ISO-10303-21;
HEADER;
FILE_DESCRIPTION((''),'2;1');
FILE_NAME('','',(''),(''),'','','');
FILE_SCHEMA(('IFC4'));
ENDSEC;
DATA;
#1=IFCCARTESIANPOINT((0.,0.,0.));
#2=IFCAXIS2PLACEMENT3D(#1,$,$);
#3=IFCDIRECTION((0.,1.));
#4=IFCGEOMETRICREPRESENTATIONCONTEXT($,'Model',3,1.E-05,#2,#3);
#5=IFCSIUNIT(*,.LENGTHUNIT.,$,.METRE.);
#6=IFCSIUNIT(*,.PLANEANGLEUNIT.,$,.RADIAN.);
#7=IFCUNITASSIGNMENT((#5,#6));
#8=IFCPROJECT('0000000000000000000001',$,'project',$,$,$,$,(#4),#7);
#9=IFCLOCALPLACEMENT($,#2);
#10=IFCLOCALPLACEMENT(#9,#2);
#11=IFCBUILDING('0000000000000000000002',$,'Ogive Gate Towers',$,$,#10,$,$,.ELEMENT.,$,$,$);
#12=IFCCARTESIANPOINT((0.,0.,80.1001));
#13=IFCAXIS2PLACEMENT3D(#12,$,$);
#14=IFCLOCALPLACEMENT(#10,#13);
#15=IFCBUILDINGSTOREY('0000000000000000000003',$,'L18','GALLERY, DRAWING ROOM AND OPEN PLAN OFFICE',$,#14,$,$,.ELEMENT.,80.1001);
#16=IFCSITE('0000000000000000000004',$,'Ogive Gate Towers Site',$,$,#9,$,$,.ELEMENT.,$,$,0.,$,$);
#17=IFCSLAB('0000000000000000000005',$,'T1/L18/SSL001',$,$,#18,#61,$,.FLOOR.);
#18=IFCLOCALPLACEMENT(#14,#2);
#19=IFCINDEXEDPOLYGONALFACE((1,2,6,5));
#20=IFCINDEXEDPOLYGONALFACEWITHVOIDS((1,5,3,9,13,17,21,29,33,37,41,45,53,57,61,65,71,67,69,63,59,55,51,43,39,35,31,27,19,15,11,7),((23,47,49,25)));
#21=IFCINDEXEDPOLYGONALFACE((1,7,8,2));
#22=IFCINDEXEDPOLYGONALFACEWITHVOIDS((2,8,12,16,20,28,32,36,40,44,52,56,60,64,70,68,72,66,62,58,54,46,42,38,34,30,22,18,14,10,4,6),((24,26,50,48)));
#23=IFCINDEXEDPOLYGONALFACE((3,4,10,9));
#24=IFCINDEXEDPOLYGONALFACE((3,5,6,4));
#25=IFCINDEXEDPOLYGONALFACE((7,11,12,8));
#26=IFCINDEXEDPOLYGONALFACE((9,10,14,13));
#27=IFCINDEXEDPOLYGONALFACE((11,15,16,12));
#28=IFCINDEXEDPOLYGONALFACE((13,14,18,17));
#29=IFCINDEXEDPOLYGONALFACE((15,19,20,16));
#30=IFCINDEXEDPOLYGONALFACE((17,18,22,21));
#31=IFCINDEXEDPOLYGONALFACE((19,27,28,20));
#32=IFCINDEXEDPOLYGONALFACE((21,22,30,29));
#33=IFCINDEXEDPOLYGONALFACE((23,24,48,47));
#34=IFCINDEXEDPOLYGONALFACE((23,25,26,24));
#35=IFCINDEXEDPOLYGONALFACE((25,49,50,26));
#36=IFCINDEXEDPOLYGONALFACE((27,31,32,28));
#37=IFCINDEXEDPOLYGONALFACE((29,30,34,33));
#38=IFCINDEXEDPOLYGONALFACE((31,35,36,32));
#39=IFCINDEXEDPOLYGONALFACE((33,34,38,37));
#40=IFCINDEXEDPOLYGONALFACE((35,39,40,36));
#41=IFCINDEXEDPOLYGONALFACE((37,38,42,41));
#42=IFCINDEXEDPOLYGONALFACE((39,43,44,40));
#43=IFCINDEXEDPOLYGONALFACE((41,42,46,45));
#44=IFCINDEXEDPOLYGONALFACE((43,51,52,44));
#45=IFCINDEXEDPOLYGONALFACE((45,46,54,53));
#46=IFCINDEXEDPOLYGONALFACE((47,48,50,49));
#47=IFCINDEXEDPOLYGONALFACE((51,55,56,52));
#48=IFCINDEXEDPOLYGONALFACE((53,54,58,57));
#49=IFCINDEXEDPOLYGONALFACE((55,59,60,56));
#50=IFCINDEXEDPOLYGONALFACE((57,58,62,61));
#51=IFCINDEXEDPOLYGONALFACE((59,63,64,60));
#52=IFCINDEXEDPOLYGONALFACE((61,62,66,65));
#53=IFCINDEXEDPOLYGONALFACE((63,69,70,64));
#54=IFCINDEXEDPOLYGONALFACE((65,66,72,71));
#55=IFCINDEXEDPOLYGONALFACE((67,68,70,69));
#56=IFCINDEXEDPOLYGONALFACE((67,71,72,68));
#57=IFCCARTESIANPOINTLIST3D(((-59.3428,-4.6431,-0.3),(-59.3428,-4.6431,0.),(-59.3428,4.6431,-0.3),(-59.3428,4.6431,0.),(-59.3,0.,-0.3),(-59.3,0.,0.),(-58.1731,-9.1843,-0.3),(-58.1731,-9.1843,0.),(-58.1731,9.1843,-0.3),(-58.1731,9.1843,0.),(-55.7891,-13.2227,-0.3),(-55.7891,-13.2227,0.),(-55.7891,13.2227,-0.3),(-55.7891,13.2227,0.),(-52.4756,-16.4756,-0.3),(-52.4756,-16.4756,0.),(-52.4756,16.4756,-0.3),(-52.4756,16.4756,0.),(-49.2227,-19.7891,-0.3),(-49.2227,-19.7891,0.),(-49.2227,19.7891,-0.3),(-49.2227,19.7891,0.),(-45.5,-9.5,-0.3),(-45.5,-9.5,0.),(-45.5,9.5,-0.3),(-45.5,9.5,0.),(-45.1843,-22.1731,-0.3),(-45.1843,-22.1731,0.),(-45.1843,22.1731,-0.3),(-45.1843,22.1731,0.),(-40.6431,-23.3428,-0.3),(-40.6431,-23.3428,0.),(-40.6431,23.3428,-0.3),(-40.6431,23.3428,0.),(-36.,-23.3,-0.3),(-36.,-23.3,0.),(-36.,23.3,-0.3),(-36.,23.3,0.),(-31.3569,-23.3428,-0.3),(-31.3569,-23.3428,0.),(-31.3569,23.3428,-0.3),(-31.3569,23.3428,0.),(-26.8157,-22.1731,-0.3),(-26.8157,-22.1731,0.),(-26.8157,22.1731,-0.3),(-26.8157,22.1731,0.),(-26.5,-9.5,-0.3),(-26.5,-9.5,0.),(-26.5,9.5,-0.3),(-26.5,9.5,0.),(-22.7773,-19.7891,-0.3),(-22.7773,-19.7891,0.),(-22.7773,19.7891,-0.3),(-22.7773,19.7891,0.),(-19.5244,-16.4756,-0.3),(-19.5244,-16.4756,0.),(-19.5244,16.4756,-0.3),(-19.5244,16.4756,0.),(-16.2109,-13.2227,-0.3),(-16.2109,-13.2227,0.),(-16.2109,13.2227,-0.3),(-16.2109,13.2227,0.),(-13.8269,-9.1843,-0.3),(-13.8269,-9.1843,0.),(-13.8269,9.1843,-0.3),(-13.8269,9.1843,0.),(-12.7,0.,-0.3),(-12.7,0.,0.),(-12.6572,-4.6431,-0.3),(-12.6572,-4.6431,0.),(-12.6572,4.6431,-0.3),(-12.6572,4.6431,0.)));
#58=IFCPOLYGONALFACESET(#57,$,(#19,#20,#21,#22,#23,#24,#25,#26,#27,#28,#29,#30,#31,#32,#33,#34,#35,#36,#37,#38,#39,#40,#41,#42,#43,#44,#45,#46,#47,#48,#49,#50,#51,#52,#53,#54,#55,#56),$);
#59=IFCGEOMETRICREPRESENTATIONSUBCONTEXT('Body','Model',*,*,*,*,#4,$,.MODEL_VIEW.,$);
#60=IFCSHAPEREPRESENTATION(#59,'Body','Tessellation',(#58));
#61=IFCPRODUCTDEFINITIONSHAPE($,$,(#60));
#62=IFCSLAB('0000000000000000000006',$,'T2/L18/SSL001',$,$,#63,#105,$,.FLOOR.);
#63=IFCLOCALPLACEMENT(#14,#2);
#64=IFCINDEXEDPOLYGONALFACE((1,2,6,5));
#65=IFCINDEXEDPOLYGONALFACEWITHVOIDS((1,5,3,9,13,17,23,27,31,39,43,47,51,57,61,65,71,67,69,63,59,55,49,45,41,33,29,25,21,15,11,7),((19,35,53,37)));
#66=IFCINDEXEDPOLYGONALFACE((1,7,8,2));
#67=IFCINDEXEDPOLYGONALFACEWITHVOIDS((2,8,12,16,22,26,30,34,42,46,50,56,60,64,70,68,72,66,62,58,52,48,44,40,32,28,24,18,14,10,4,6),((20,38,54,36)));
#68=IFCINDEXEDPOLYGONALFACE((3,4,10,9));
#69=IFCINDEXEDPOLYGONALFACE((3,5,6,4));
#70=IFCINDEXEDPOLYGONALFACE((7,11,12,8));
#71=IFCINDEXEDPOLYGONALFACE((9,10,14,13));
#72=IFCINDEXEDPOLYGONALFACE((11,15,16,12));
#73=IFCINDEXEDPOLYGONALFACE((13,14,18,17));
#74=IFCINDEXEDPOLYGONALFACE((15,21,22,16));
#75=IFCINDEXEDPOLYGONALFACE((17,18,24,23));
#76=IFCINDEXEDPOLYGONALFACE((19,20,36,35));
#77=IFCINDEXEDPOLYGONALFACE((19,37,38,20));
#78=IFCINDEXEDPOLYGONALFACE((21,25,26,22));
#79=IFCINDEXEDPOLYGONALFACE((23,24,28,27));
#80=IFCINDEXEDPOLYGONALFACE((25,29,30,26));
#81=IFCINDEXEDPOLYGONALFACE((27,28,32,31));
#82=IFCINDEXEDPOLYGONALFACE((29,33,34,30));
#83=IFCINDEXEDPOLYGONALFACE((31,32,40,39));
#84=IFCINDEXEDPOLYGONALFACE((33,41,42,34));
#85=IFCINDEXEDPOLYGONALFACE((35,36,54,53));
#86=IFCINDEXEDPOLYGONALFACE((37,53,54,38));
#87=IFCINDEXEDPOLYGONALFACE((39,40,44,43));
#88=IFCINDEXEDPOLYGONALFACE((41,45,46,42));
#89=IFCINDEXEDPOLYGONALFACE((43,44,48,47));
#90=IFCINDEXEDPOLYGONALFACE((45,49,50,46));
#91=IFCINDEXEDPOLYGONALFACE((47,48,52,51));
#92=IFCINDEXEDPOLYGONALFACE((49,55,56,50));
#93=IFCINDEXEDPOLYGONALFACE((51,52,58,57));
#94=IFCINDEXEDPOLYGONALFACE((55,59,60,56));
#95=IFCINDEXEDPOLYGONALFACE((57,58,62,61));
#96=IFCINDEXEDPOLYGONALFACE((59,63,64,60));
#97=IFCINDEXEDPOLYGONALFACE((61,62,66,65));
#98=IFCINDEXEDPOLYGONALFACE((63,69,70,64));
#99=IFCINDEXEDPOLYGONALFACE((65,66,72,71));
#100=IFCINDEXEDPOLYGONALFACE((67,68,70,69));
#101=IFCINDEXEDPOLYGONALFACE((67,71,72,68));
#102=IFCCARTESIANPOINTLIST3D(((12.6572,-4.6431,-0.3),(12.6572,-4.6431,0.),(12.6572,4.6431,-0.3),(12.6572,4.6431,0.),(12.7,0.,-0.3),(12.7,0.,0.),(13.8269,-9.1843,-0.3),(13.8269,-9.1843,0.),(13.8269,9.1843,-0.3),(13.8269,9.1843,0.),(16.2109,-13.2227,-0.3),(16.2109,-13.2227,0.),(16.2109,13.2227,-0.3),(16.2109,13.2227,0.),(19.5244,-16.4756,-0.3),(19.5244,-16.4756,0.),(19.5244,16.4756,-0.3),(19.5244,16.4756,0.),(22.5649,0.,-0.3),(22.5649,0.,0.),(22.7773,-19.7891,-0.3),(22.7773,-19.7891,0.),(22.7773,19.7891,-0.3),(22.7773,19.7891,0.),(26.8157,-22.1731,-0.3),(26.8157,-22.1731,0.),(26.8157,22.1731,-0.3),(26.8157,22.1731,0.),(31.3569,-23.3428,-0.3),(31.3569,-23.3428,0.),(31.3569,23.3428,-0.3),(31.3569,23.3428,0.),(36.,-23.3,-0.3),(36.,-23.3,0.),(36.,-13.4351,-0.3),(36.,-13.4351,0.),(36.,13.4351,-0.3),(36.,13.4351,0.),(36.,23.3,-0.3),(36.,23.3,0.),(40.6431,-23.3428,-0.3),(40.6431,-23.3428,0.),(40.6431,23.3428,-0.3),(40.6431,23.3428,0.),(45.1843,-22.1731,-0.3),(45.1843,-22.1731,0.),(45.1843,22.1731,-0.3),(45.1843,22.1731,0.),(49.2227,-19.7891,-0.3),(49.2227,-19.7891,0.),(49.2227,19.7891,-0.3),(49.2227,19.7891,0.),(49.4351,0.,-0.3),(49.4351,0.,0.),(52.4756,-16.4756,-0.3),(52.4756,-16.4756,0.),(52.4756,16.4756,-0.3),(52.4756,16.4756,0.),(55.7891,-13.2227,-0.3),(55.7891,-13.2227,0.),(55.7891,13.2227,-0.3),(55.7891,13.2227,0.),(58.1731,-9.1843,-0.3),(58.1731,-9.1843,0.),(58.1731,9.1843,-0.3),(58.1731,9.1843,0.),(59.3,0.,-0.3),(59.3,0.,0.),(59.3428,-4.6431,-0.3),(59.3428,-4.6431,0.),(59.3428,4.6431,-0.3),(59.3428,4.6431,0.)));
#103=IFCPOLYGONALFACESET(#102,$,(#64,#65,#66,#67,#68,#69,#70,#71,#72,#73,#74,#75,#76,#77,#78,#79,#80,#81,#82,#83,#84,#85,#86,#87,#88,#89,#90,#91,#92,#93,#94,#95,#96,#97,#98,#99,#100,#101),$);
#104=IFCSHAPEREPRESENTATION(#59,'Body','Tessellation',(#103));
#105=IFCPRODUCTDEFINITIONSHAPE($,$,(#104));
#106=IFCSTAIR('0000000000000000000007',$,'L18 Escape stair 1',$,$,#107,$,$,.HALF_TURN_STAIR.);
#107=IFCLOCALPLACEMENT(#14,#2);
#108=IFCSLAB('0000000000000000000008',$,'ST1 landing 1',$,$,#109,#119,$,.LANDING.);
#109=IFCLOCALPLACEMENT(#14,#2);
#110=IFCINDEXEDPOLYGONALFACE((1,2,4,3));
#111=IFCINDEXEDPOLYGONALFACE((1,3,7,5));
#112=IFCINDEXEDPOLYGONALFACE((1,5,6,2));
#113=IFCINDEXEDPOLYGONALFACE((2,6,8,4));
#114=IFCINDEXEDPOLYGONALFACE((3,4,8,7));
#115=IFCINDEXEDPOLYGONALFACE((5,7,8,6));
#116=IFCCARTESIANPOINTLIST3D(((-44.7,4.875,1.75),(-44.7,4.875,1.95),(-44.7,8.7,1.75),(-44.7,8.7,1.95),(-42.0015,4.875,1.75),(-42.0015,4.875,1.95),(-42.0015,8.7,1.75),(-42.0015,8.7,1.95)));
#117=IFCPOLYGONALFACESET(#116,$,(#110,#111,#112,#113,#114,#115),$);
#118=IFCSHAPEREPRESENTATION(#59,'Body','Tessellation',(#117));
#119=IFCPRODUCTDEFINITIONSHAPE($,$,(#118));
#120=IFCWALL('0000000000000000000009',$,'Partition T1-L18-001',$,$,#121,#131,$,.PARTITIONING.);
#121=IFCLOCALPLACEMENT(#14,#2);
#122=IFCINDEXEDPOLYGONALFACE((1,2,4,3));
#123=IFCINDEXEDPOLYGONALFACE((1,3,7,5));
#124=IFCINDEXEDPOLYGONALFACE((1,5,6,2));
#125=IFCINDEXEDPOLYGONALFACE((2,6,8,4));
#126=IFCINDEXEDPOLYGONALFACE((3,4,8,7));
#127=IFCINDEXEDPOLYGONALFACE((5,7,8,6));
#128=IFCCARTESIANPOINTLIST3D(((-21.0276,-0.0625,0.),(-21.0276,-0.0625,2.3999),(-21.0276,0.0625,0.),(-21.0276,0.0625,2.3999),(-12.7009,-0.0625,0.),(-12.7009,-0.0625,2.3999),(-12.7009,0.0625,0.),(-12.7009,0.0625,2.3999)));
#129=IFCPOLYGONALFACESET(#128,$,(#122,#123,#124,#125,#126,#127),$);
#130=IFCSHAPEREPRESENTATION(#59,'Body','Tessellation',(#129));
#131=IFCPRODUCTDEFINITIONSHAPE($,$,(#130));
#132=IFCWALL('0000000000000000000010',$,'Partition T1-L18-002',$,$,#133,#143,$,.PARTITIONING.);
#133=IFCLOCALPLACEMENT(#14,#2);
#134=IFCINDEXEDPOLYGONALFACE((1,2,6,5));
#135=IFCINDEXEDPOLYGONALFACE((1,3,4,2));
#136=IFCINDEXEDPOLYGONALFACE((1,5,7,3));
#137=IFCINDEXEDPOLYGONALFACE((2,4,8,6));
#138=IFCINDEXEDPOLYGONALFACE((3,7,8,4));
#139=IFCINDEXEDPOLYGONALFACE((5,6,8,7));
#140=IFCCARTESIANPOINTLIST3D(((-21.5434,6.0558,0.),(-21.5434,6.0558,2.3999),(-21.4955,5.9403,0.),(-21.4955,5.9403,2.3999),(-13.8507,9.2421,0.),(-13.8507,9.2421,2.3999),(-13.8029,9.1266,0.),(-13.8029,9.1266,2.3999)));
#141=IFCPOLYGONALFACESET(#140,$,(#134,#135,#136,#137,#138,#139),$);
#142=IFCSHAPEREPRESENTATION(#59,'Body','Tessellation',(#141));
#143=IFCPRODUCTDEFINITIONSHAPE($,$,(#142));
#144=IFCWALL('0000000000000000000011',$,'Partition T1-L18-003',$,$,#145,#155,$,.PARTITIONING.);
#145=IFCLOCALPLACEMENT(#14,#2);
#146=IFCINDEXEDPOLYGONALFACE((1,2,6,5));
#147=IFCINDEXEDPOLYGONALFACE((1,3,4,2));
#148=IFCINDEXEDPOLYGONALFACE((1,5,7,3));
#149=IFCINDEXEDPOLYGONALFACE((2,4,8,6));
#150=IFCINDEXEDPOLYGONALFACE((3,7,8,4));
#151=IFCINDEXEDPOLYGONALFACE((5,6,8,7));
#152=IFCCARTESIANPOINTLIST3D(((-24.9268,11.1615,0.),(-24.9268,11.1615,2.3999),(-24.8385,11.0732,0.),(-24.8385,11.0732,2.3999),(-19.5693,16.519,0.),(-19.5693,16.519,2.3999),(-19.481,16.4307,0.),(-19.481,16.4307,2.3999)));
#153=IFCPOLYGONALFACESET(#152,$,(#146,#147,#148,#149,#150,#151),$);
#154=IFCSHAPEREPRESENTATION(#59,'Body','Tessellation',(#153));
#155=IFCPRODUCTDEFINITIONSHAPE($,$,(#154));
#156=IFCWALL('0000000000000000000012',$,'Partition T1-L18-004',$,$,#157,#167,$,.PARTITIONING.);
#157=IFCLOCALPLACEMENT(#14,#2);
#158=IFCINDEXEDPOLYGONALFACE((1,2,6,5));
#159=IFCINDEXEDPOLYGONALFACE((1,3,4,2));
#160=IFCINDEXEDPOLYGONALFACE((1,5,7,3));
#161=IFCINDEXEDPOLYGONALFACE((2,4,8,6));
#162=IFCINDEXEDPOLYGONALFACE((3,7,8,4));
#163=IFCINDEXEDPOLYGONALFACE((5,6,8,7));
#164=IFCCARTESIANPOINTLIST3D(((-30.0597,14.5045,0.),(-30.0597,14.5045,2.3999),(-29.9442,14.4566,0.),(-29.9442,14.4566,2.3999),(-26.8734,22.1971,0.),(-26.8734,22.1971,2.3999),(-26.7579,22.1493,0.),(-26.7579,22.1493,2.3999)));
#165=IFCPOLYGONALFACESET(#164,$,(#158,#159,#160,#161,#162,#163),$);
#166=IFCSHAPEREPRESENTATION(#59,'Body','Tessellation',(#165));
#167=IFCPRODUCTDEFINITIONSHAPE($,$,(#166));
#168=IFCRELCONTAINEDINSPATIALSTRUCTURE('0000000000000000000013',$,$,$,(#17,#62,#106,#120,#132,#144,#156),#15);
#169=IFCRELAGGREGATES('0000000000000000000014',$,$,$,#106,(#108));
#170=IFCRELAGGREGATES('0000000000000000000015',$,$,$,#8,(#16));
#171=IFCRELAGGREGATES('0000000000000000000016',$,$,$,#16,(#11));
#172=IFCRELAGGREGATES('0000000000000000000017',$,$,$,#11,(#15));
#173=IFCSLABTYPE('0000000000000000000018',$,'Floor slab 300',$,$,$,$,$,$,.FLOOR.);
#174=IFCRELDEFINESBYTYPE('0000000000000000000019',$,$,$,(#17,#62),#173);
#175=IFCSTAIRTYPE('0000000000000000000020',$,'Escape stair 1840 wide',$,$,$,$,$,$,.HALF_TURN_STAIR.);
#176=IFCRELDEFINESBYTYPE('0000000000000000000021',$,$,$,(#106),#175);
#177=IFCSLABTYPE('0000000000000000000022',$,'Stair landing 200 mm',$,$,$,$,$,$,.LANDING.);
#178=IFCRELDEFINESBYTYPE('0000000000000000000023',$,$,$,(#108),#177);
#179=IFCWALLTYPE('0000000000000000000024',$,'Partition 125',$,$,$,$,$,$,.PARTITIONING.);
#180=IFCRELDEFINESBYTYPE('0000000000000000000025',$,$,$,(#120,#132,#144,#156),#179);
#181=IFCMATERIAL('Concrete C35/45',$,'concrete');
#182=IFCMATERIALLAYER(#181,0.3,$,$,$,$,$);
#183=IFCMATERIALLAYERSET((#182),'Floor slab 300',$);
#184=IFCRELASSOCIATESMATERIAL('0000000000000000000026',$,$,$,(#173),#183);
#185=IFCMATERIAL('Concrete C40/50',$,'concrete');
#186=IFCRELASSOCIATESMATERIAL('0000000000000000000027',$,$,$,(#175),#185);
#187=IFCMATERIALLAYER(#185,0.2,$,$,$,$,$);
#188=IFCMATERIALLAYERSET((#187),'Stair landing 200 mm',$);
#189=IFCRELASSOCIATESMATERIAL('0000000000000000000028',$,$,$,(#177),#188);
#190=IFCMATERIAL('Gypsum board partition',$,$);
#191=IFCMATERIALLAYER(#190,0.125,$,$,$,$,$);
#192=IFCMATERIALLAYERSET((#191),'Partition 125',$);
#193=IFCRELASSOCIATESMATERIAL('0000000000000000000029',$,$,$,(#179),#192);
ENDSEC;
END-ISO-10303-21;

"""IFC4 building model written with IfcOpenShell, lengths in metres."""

from ifc_helpers import new_model, si_unit, direction, frame, frame_2d, origin, place, context, subcontext, project, spatial, polyline, rectangle, outline, extrude, material, layer, layer_set, type_object, element, aggregate, save


model = new_model("IFC4")

# Units and contexts
model_context = context("Model", 3, precision=1e-05, world=origin(), true_north=direction((0.0, 1.0)))
body_context = subcontext(model_context, "Body", "Model", "MODEL_VIEW")
ifc_project = project(units=[si_unit("LENGTHUNIT", "METRE"), si_unit("PLANEANGLEUNIT", "RADIAN")], contexts=[model_context])

# Site, building, storey
site_placement = place(None, origin())
site = spatial("IfcSite", under=ifc_project, at=site_placement, Name="Ogive Gate Towers Site", CompositionType="ELEMENT", RefElevation=0.0)
building_placement = place(site_placement, origin())
building = spatial("IfcBuilding", under=site, at=building_placement, Name="Ogive Gate Towers", CompositionType="ELEMENT")
storey_placement = place(building_placement, frame((0.0, 0.0, 80.1001)))
storey = spatial("IfcBuildingStorey", under=building, at=storey_placement, Name="L18", Description="GALLERY, DRAWING ROOM AND OPEN PLAN OFFICE", CompositionType="ELEMENT", Elevation=80.1001)

# Slabs
ifc_material_1 = material(Name="Concrete C40/50", Category="concrete")
ifc_material_2 = material(Name="Concrete C35/45", Category="concrete")
ifc_layer_1 = layer(ifc_material_2, 0.3)
ifc_layer_set_1 = layer_set([ifc_layer_1], Name="Floor slab 300")
slab_type_1 = type_object("IfcSlabType", Name="Floor slab 300", PredefinedType="FLOOR", material=ifc_layer_set_1)
slab_1_placement = place(storey_placement, frame((0.0, 0.0, -0.3)))
element("IfcSlab", 1, at=slab_1_placement, inside=storey, type_object=slab_type_1, Name="T1/L18/SSL001", PredefinedType="FLOOR", context=body_context, shape_type="SweptSolid", body=[
    extrude(outline(polyline([(-12.6572, -4.6431), (-12.7, 0.0), (-12.6572, 4.6431), (-13.8269, 9.1843), (-16.2109, 13.2227), (-19.5244, 16.4756), (-22.7773, 19.7891), (-26.8157, 22.1731), (-31.3569, 23.3428), (-36.0, 23.3), (-40.6431, 23.3428), (-45.1843, 22.1731), (-49.2227, 19.7891), (-52.4756, 16.4756), (-55.7891, 13.2227), (-58.1731, 9.1843), (-59.3428, 4.6431), (-59.3, 0.0), (-59.3428, -4.6431), (-58.1731, -9.1843), (-55.7891, -13.2227), (-52.4756, -16.4756), (-49.2227, -19.7891), (-45.1843, -22.1731), (-40.6431, -23.3428), (-36.0, -23.3), (-31.3569, -23.3428), (-26.8157, -22.1731), (-22.7773, -19.7891), (-19.5244, -16.4756), (-16.2109, -13.2227), (-13.8269, -9.1843), (-12.6572, -4.6431)]), holes=[polyline([(-26.5, -9.5), (-45.5, -9.5), (-45.5, 9.5), (-26.5, 9.5), (-26.5, -9.5)])]), origin(), (0.0, 0.0, 1.0), 0.3),
])
slab_2_placement = place(storey_placement, frame((0.0, 0.0, -0.3)))
element("IfcSlab", 2, at=slab_2_placement, inside=storey, type_object=slab_type_1, Name="T2/L18/SSL001", PredefinedType="FLOOR", context=body_context, shape_type="SweptSolid", body=[
    extrude(outline(polyline([(59.3428, -4.6431), (59.3, 0.0), (59.3428, 4.6431), (58.1731, 9.1843), (55.7891, 13.2227), (52.4756, 16.4756), (49.2227, 19.7891), (45.1843, 22.1731), (40.6431, 23.3428), (36.0, 23.3), (31.3569, 23.3428), (26.8157, 22.1731), (22.7773, 19.7891), (19.5244, 16.4756), (16.2109, 13.2227), (13.8269, 9.1843), (12.6572, 4.6431), (12.7, 0.0), (12.6572, -4.6431), (13.8269, -9.1843), (16.2109, -13.2227), (19.5244, -16.4756), (22.7773, -19.7891), (26.8157, -22.1731), (31.3569, -23.3428), (36.0, -23.3), (40.6431, -23.3428), (45.1843, -22.1731), (49.2227, -19.7891), (52.4756, -16.4756), (55.7891, -13.2227), (58.1731, -9.1843), (59.3428, -4.6431)]), holes=[polyline([(49.4351, 0.0), (36.0, -13.4351), (22.5649, 0.0), (36.0, 13.4351), (49.4351, 0.0)])]), origin(), (0.0, 0.0, 1.0), 0.3),
])

# Stair, slab
stair_type = type_object("IfcStairType", Name="Escape stair 1840 wide", PredefinedType="HALF_TURN_STAIR", material=ifc_material_1)
stair_placement = place(storey_placement, origin())
stair = element("IfcStair", 3, at=stair_placement, inside=storey, type_object=stair_type, Name="L18 Escape stair 1", PredefinedType="HALF_TURN_STAIR")
ifc_layer_2 = layer(ifc_material_1, 0.2)
ifc_layer_set_2 = layer_set([ifc_layer_2], Name="Stair landing 200 mm")
slab_type_2 = type_object("IfcSlabType", Name="Stair landing 200 mm", PredefinedType="LANDING", material=ifc_layer_set_2)
slab_3_placement = place(storey_placement, frame((0.0, 0.0, 1.75)))
slab_3 = element("IfcSlab", 4, at=slab_3_placement, type_object=slab_type_2, Name="ST1 landing 1", PredefinedType="LANDING", context=body_context, shape_type="SweptSolid", body=[
    extrude(outline(polyline([(-42.0015, 8.7), (-44.7, 8.7), (-44.7, 4.875), (-42.0015, 4.875), (-42.0015, 8.7)])), origin(), (0.0, 0.0, 1.0), 0.2),
])
aggregate(stair, [slab_3])

# Walls
ifc_material_3 = material(Name="Gypsum board partition")
ifc_layer_3 = layer(ifc_material_3, 0.125)
ifc_layer_set_3 = layer_set([ifc_layer_3], Name="Partition 125")
wall_type_1 = type_object("IfcWallType", Name="Partition 125", PredefinedType="PARTITIONING", material=ifc_layer_set_3)
wall_1_placement = place(storey_placement, frame((-12.7009, 0.0, 0.0), z_axis=(0.0, 0.0, 1.0), x_axis=(-1.0, 0.0, 0.0)))
element("IfcWall", 5, at=wall_1_placement, inside=storey, type_object=wall_type_1, Name="Partition T1-L18-001", PredefinedType="PARTITIONING", context=body_context, shape_type="SweptSolid", body=[
    extrude(rectangle(XDim=8.3267, YDim=0.125, at=frame_2d((4.1633, 0.0))), origin(), (0.0, 0.0, 1.0), 2.3999),
])
wall_2_placement = place(storey_placement, frame((-13.8269, 9.1843, 0.0), z_axis=(0.0, 0.0, 1.0), x_axis=(-0.923884, -0.382672, 0.0)))
element("IfcWall", 6, at=wall_2_placement, inside=storey, type_object=wall_type_1, Name="Partition T1-L18-002", PredefinedType="PARTITIONING", context=body_context, shape_type="SweptSolid", body=[
    extrude(rectangle(XDim=8.3264, YDim=0.125, at=frame_2d((4.1631, 0.0))), origin(), (0.0, 0.0, 1.0), 2.3999),
])
wall_3_placement = place(storey_placement, frame((-19.5251, 16.4749, 0.0), z_axis=(0.0, 0.0, 1.0), x_axis=(-0.707107, -0.707107, 0.0)))
element("IfcWall", 7, at=wall_3_placement, inside=storey, type_object=wall_type_1, Name="Partition T1-L18-003", PredefinedType="PARTITIONING", context=body_context, shape_type="SweptSolid", body=[
    extrude(rectangle(XDim=7.5767, YDim=0.125, at=frame_2d((3.7883, 0.0))), origin(), (0.0, 0.0, 1.0), 2.3999),
])
wall_4_placement = place(storey_placement, frame((-26.8157, 22.1731, 0.0), z_axis=(0.0, 0.0, 1.0), x_axis=(-0.382672, -0.923884, 0.0)))
element("IfcWall", 8, at=wall_4_placement, inside=storey, type_object=wall_type_1, Name="Partition T1-L18-004", PredefinedType="PARTITIONING", context=body_context, shape_type="SweptSolid", body=[
    extrude(rectangle(XDim=8.3264, YDim=0.125, at=frame_2d((4.1631, 0.0))), origin(), (0.0, 0.0, 1.0), 2.3999),
])

save(model, "model.ifc")
